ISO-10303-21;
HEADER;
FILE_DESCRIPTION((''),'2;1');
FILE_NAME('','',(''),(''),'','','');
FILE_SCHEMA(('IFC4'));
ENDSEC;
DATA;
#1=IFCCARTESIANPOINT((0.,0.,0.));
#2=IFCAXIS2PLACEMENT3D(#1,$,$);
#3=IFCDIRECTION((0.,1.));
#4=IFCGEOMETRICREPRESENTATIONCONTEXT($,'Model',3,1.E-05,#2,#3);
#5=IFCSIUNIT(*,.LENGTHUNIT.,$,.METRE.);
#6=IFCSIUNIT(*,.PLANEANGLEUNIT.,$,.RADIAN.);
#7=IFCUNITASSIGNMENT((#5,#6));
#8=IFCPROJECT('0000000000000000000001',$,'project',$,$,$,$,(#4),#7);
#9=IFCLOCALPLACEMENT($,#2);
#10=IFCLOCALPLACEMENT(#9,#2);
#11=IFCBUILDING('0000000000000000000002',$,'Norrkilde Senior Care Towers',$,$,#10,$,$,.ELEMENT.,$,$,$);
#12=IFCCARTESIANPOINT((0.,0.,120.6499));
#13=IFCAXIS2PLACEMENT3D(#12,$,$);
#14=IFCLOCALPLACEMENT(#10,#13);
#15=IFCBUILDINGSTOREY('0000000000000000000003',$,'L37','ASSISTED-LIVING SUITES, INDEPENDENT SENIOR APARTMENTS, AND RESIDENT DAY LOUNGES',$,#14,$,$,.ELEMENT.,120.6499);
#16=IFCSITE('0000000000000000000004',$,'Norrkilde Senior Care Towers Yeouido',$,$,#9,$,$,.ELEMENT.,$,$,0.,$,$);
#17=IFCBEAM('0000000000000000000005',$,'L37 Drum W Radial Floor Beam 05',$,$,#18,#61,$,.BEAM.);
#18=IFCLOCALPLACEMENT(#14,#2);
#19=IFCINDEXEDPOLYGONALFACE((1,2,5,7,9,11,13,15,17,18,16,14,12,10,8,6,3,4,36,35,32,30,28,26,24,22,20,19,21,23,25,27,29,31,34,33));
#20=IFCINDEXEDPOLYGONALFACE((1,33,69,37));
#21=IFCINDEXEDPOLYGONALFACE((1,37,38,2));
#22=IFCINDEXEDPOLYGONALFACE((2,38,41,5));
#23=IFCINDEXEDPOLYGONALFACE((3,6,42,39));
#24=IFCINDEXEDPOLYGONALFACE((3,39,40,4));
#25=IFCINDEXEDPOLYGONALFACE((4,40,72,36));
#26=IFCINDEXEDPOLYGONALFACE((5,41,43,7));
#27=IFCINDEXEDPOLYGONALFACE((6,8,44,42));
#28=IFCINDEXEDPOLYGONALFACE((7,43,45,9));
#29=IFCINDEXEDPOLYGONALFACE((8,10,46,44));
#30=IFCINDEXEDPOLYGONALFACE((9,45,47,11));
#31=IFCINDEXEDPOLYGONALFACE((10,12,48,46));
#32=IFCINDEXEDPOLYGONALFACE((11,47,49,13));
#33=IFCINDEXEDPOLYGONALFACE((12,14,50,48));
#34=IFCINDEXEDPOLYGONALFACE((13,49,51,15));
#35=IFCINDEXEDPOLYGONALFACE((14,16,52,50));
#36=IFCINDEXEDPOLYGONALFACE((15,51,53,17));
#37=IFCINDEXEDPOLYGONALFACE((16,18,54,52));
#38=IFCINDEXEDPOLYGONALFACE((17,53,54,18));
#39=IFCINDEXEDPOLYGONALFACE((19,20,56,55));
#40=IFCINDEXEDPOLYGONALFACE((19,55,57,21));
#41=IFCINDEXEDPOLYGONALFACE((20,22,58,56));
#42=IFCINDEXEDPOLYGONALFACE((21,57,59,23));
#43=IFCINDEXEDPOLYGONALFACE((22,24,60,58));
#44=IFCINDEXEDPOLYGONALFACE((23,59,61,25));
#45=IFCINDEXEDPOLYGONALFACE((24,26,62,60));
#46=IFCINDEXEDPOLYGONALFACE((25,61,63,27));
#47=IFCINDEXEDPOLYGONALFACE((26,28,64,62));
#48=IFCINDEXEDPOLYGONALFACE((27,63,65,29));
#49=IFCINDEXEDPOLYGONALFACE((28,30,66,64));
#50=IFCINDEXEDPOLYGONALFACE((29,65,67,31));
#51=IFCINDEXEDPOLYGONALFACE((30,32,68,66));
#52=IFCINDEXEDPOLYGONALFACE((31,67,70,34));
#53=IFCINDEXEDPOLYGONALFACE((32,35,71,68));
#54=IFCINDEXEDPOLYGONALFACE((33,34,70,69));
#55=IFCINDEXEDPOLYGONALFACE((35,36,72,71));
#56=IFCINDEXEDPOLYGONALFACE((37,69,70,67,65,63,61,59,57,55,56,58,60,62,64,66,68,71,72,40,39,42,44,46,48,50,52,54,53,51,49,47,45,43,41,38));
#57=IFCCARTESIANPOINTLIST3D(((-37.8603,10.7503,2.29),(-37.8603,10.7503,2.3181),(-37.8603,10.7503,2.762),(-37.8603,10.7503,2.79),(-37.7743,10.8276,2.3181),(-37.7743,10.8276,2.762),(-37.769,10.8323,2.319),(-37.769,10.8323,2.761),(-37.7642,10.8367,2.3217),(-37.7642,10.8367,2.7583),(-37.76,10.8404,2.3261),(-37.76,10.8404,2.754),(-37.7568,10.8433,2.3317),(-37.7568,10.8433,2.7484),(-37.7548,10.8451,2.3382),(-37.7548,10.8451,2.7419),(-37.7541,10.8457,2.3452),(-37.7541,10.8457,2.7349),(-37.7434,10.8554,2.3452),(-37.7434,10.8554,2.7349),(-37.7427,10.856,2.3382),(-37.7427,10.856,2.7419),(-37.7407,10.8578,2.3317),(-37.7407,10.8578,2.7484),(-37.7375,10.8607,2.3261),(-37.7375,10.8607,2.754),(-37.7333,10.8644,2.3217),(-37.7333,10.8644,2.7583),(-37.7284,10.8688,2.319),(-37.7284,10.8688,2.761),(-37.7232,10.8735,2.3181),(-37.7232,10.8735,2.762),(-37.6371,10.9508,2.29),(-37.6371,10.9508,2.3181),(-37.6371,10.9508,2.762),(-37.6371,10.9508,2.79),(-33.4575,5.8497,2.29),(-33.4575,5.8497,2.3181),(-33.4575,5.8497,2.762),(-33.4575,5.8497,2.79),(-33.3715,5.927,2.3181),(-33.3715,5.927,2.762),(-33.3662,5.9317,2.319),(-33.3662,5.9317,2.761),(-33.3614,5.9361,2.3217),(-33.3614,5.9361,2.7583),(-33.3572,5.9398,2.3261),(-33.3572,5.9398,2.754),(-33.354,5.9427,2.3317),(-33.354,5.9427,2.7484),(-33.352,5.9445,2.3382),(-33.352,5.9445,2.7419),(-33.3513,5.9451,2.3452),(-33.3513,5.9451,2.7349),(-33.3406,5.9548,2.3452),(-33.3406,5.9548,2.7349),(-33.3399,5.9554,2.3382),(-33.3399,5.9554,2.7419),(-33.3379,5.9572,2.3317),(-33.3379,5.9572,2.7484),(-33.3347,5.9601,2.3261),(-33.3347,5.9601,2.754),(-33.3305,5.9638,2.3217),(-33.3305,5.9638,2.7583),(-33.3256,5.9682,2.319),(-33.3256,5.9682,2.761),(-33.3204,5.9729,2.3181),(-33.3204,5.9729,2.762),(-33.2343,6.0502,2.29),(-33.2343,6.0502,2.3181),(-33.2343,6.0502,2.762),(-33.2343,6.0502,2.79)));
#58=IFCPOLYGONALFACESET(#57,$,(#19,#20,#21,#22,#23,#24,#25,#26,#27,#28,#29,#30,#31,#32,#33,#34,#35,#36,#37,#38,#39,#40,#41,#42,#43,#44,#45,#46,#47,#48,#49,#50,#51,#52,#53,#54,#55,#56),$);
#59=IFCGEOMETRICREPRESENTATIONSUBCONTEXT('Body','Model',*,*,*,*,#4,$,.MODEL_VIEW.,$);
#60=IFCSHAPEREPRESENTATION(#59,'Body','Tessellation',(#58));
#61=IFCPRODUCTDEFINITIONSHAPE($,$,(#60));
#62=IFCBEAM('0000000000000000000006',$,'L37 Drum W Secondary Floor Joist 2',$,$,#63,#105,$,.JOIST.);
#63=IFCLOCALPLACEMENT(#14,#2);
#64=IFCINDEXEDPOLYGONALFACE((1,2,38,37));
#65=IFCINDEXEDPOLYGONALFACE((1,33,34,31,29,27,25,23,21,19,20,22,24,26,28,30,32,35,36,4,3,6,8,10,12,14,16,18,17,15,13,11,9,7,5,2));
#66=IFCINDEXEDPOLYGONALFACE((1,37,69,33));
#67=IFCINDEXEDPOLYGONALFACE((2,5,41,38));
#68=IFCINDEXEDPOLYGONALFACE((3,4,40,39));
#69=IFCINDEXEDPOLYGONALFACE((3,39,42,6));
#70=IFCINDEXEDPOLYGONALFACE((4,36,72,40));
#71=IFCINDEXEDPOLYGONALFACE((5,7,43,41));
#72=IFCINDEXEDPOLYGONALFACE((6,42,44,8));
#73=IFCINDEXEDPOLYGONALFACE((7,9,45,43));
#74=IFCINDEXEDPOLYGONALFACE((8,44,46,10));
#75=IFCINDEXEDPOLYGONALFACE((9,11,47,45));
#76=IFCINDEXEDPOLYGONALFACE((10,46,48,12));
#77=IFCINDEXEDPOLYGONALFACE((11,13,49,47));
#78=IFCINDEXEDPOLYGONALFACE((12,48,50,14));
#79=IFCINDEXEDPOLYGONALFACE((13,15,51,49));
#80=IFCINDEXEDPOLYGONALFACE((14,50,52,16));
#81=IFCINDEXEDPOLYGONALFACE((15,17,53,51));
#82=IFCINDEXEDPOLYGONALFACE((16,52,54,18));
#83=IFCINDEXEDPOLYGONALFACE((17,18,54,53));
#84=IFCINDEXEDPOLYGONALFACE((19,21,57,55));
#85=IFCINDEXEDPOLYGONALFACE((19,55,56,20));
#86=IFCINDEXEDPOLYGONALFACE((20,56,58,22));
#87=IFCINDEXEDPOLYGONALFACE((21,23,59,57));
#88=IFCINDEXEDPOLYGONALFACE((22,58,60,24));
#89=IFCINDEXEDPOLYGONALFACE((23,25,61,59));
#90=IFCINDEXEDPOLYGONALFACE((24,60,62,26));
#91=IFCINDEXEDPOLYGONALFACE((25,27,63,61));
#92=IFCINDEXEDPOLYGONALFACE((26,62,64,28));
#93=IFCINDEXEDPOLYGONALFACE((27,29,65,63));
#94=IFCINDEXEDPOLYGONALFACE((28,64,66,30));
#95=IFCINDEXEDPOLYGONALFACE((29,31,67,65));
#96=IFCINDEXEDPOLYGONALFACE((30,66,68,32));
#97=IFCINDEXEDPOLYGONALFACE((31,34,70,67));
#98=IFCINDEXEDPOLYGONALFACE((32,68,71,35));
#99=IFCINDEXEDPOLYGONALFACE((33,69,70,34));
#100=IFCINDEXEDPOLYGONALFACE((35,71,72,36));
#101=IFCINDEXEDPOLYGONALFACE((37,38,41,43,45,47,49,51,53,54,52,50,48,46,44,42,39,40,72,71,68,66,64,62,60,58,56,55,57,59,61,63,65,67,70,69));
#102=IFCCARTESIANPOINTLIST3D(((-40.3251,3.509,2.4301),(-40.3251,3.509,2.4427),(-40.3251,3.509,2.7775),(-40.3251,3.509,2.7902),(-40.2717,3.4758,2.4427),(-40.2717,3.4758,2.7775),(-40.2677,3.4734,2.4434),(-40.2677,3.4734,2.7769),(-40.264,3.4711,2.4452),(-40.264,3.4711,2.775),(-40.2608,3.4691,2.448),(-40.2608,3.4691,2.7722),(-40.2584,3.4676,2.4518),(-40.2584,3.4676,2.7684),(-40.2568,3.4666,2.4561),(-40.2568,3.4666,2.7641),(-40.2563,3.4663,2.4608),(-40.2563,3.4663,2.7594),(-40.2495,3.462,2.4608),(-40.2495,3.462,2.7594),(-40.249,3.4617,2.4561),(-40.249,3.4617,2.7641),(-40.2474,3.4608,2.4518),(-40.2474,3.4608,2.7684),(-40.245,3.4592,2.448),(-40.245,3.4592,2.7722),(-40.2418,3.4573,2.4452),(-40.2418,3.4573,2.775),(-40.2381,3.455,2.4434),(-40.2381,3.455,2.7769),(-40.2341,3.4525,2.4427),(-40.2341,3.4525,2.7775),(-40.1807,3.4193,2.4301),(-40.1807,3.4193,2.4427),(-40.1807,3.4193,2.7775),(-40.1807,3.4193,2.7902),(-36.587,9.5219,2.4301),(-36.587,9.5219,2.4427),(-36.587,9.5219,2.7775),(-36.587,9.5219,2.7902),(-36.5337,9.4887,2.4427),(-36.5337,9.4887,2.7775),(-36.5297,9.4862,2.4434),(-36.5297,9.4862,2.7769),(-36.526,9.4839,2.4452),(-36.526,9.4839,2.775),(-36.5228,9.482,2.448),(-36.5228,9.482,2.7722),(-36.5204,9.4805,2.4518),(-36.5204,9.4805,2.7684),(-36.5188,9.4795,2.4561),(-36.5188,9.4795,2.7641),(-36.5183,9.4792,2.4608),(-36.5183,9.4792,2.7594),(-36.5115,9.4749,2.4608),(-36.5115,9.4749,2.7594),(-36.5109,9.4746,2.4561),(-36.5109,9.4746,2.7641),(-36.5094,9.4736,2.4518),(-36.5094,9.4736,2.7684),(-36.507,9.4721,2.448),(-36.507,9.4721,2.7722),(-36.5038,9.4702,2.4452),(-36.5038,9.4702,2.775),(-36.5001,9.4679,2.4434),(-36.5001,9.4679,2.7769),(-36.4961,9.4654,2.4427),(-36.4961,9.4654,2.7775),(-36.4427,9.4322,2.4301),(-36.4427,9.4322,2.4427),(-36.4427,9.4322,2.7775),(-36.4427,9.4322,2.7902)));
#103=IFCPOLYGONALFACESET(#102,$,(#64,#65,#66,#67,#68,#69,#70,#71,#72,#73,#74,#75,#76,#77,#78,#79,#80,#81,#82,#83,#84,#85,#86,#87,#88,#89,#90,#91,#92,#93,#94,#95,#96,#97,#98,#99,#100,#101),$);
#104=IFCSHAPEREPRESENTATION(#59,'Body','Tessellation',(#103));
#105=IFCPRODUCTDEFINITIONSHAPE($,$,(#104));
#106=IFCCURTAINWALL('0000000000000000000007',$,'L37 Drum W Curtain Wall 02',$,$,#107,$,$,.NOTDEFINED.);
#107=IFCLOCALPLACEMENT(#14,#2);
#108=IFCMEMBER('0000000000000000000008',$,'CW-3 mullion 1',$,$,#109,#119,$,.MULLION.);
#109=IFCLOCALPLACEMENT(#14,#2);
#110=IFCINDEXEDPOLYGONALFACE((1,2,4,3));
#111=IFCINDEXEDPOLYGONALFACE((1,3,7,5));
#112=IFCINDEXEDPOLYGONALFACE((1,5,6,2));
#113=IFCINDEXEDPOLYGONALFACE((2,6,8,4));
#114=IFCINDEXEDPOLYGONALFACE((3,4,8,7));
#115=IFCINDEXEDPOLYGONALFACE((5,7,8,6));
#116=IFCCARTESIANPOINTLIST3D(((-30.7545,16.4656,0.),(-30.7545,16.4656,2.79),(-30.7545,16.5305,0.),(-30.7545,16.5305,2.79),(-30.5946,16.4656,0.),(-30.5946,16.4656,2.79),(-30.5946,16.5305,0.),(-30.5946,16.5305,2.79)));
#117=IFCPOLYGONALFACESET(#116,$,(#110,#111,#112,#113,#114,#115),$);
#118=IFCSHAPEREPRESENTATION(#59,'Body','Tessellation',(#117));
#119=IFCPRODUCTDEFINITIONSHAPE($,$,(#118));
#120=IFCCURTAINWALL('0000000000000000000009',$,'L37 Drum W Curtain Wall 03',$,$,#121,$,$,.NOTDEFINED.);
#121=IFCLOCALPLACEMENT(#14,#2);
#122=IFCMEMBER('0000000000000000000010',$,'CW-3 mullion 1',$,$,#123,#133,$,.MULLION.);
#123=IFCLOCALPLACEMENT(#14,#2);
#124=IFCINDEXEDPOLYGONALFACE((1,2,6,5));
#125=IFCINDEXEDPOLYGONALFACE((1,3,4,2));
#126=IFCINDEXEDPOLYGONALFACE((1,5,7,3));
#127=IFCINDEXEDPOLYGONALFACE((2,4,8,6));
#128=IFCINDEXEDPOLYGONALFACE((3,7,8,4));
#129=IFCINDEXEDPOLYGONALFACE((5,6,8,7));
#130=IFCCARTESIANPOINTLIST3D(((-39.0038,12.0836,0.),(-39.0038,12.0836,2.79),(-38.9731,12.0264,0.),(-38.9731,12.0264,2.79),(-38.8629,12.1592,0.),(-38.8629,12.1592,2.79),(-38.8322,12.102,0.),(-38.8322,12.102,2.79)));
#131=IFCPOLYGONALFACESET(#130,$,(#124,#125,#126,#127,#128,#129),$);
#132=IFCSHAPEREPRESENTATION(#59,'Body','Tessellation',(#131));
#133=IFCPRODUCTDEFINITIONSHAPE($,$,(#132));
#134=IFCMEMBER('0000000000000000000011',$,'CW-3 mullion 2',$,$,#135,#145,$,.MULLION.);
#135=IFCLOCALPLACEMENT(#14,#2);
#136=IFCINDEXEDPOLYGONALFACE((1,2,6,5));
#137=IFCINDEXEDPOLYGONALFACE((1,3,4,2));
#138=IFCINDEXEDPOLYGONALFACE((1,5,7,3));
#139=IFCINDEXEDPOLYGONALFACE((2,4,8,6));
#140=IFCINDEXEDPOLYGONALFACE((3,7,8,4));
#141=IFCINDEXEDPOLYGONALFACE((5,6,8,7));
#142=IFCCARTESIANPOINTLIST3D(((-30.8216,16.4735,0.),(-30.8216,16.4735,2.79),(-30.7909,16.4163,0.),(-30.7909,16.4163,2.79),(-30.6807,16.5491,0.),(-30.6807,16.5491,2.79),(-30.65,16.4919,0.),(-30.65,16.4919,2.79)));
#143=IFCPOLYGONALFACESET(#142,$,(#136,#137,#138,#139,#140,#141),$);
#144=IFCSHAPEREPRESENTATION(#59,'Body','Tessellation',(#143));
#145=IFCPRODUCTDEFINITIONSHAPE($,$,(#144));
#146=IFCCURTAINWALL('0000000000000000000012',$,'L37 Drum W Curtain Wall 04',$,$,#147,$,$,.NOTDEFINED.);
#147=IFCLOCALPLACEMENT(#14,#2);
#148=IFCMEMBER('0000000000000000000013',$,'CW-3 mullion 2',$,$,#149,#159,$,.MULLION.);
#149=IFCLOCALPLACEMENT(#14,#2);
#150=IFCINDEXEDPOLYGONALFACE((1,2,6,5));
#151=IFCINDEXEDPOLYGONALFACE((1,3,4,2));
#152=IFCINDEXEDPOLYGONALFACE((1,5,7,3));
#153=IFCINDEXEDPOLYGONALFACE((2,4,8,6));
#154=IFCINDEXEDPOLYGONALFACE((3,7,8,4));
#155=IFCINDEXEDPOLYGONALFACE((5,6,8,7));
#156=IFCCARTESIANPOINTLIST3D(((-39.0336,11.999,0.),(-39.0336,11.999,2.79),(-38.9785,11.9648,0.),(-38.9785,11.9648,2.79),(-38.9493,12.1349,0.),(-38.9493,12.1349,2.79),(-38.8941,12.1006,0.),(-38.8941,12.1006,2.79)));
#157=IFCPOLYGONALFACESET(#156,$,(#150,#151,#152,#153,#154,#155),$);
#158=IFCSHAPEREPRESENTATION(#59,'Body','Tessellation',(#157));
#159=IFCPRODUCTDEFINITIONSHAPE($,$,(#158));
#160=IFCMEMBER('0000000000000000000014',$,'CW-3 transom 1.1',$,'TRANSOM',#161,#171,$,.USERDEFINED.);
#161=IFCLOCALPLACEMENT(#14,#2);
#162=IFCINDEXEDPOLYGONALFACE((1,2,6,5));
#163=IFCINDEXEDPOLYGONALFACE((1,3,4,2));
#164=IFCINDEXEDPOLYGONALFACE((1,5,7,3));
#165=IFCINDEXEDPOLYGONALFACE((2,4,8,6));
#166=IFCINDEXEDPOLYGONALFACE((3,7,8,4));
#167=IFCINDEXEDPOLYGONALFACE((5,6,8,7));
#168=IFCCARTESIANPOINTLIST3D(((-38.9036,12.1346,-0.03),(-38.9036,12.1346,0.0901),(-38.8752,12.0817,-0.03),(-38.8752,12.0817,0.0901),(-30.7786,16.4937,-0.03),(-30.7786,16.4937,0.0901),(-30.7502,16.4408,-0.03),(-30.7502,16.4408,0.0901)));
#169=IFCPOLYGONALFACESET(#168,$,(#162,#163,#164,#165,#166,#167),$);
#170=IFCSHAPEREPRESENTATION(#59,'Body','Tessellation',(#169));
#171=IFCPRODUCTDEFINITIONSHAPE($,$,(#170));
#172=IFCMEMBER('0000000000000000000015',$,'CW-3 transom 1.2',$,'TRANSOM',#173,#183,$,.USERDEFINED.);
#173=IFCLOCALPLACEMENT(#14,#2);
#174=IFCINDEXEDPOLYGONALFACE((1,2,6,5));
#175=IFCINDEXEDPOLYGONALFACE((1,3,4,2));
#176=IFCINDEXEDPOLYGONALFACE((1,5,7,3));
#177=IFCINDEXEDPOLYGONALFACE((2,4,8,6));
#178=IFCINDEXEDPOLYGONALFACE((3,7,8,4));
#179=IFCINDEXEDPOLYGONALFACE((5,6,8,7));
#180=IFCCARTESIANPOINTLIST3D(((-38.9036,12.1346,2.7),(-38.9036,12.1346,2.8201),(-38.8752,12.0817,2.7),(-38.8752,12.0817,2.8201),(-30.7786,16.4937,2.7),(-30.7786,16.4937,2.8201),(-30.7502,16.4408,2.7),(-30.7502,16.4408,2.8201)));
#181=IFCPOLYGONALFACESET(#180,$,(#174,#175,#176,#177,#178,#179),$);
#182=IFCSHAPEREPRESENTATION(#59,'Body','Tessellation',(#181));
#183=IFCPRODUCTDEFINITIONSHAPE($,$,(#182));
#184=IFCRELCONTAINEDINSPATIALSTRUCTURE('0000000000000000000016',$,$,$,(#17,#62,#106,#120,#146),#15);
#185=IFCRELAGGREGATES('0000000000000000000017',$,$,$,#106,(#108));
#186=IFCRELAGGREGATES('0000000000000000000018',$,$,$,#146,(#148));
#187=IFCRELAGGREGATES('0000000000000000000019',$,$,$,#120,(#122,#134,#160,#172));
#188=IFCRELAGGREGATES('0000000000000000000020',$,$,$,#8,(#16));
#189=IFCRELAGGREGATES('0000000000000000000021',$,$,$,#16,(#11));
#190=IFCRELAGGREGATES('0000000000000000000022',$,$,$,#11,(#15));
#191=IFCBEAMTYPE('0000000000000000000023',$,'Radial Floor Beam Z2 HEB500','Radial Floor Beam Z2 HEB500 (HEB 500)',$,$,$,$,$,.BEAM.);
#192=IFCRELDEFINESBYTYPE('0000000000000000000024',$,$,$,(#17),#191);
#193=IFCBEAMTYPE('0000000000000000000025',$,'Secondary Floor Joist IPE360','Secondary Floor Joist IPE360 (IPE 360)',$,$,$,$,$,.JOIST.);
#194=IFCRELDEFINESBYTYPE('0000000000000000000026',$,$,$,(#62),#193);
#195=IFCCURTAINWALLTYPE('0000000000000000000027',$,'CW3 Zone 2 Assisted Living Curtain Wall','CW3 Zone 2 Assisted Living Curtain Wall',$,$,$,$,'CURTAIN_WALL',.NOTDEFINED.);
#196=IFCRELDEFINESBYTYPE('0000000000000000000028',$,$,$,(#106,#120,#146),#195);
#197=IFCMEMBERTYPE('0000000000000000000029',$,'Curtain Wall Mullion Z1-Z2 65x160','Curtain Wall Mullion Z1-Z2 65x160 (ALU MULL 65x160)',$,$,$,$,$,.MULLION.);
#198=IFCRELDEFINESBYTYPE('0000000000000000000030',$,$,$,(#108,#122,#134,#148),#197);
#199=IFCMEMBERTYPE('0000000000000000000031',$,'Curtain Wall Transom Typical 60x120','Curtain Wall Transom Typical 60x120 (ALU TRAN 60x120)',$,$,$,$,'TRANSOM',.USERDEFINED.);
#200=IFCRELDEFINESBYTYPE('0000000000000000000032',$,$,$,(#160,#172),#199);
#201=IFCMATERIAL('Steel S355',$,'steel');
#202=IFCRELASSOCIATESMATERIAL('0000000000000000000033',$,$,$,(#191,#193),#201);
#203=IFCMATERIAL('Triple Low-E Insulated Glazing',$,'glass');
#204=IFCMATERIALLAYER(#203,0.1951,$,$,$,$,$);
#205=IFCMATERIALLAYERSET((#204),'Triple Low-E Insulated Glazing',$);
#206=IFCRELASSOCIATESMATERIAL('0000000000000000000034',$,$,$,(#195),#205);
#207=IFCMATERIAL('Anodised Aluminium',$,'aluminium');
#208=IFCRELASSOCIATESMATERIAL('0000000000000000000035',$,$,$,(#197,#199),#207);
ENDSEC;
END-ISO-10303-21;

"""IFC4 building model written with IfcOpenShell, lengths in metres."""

from ifc_helpers import new_model, si_unit, direction, frame, origin, origin_2d, place, context, subcontext, project, spatial, rectangle, i_section, extrude, source, transform, mapped, material, layer, layer_set, material_profile, profile_set, type_object, type_shapes, element, aggregate, save


model = new_model("IFC4")

# Units and contexts
model_context = context("Model", 3, precision=1e-05, world=origin(), true_north=direction((0.0, 1.0)))
body_context = subcontext(model_context, "Body", "Model", "MODEL_VIEW")
ifc_project = project(units=[si_unit("LENGTHUNIT", "METRE"), si_unit("PLANEANGLEUNIT", "RADIAN")], contexts=[model_context])

# Site, building, storey
site_placement = place(None, origin())
site = spatial("IfcSite", under=ifc_project, at=site_placement, Name="Norrkilde Senior Care Towers Yeouido", CompositionType="ELEMENT", RefElevation=0.0)
building_placement = place(site_placement, origin())
building = spatial("IfcBuilding", under=site, at=building_placement, Name="Norrkilde Senior Care Towers", CompositionType="ELEMENT")
storey_placement = place(building_placement, frame((0.0, 0.0, 120.6499)))
storey = spatial("IfcBuildingStorey", under=building, at=storey_placement, Name="L37", Description="ASSISTED-LIVING SUITES, INDEPENDENT SENIOR APARTMENTS, AND RESIDENT DAY LOUNGES", CompositionType="ELEMENT", Elevation=120.6499)

# Beams
ifc_material_1 = material(Name="Steel S355", Category="steel")
ifc_material_profile_1 = material_profile(ifc_material_1, i_section(OverallWidth=0.3, OverallDepth=0.5, WebThickness=0.0144, FlangeThickness=0.0281, FilletRadius=0.0271, at=origin_2d()), Name="HEB 500")
ifc_profile_set_1 = profile_set([ifc_material_profile_1], Name="Steel S355")
beam_type_1 = type_object("IfcBeamType", Name="Radial Floor Beam Z2 HEB500", Description="Radial Floor Beam Z2 HEB500 (HEB 500)", PredefinedType="BEAM", material=ifc_profile_set_1)
shared_shape_1 = source(origin(), body_context, "Body", "SweptSolid", [
    extrude(i_section(OverallWidth=0.3, OverallDepth=0.5, WebThickness=0.0144, FlangeThickness=0.0281, FilletRadius=0.0271, at=origin_2d()), origin(), (0.0, 0.0, 1.0), 6.5879),
])
type_shapes(beam_type_1, [shared_shape_1])
beam_1_placement = place(storey_placement, frame((-33.3459, 5.95, 2.54), z_axis=(-0.668315, 0.743878, 0.0), x_axis=(-0.743878, -0.668315, 0.0)))
element("IfcBeam", 1, at=beam_1_placement, inside=storey, type_object=beam_type_1, Name="L37 Drum W Radial Floor Beam 05", PredefinedType="BEAM", context=body_context, shape_type="MappedRepresentation", body=[
    mapped(shared_shape_1, transform((0.0, 0.0, 0.0), x_axis=(1.0, 0.0, 0.0), y_axis=(0.0, 1.0, 0.0), z_axis=(0.0, 0.0, 1.0), scale=1.0)),
])
ifc_material_profile_2 = material_profile(ifc_material_1, i_section(OverallWidth=0.1699, OverallDepth=0.3601, WebThickness=0.0081, FlangeThickness=0.0127, FilletRadius=0.0181, at=origin_2d()), Name="IPE 360")
ifc_profile_set_2 = profile_set([ifc_material_profile_2], Name="Steel S355")
beam_type_2 = type_object("IfcBeamType", Name="Secondary Floor Joist IPE360", Description="Secondary Floor Joist IPE360 (IPE 360)", PredefinedType="JOIST", material=ifc_profile_set_2)
shared_shape_2 = source(origin(), body_context, "Body", "SweptSolid", [
    extrude(i_section(OverallWidth=0.1699, OverallDepth=0.3601, WebThickness=0.0081, FlangeThickness=0.0127, FilletRadius=0.0181, at=origin_2d()), origin(), (0.0, 0.0, 1.0), 7.0801),
])
type_shapes(beam_type_2, [shared_shape_2])
beam_2_placement = place(storey_placement, frame((-36.5149, 9.4771, 2.6101), z_axis=(-0.527961, -0.849269, 0.0), x_axis=(0.849269, -0.527961, 0.0)))
element("IfcBeam", 2, at=beam_2_placement, inside=storey, type_object=beam_type_2, Name="L37 Drum W Secondary Floor Joist 2", PredefinedType="JOIST", context=body_context, shape_type="MappedRepresentation", body=[
    mapped(shared_shape_2, transform((0.0, 0.0, 0.0), x_axis=(1.0, 0.0, 0.0), y_axis=(0.0, 1.0, 0.0), z_axis=(0.0, 0.0, 1.0), scale=1.0)),
])

# Curtain wall, member
ifc_material_2 = material(Name="Triple Low-E Insulated Glazing", Category="glass")
ifc_layer_1 = layer(ifc_material_2, 0.1951)
ifc_layer_set_1 = layer_set([ifc_layer_1], Name="Triple Low-E Insulated Glazing")
curtain_wall_type = type_object("IfcCurtainWallType", Name="CW3 Zone 2 Assisted Living Curtain Wall", Description="CW3 Zone 2 Assisted Living Curtain Wall", ElementType="CURTAIN_WALL", PredefinedType="NOTDEFINED", material=ifc_layer_set_1)
curtain_wall_1_placement = place(storey_placement, origin())
curtain_wall_1 = element("IfcCurtainWall", 3, at=curtain_wall_1_placement, inside=storey, type_object=curtain_wall_type, Name="L37 Drum W Curtain Wall 02", PredefinedType="NOTDEFINED")
ifc_material_3 = material(Name="Anodised Aluminium", Category="aluminium")
ifc_material_profile_3 = material_profile(ifc_material_3, rectangle(XDim=0.0649, YDim=0.1599, at=origin_2d()), Name="ALU MULL 65x160")
ifc_profile_set_3 = profile_set([ifc_material_profile_3], Name="Anodised Aluminium")
member_type_1 = type_object("IfcMemberType", Name="Curtain Wall Mullion Z1-Z2 65x160", Description="Curtain Wall Mullion Z1-Z2 65x160 (ALU MULL 65x160)", PredefinedType="MULLION", material=ifc_profile_set_3)
shared_shape_3 = source(origin(), body_context, "Body", "SweptSolid", [
    extrude(rectangle(XDim=0.0649, YDim=0.1599, at=origin_2d()), origin(), (0.0, 0.0, 1.0), 2.79),
])
type_shapes(member_type_1, [shared_shape_3])
member_1_placement = place(storey_placement, frame((-30.6746, 16.498, 0.0), z_axis=(0.0, 0.0, 1.0), x_axis=(0.0, 1.0, 0.0)))
member_1 = element("IfcMember", 4, at=member_1_placement, type_object=member_type_1, Name="CW-3 mullion 1", PredefinedType="MULLION", context=body_context, shape_type="MappedRepresentation", body=[
    mapped(shared_shape_3, transform((0.0, 0.0, 0.0), x_axis=(1.0, 0.0, 0.0), y_axis=(0.0, 1.0, 0.0), z_axis=(0.0, 0.0, 1.0), scale=1.0)),
])

# Curtain wall, members
curtain_wall_2_placement = place(storey_placement, origin())
curtain_wall_2 = element("IfcCurtainWall", 5, at=curtain_wall_2_placement, inside=storey, type_object=curtain_wall_type, Name="L37 Drum W Curtain Wall 03", PredefinedType="NOTDEFINED")
member_2_placement = place(storey_placement, frame((-38.918, 12.0928, 0.0), z_axis=(0.0, 0.0, 1.0), x_axis=(-0.472769, 0.881186, 0.0)))
member_2 = element("IfcMember", 6, at=member_2_placement, type_object=member_type_1, Name="CW-3 mullion 1", PredefinedType="MULLION", context=body_context, shape_type="MappedRepresentation", body=[
    mapped(shared_shape_3, transform((0.0, 0.0, 0.0), x_axis=(1.0, 0.0, 0.0), y_axis=(0.0, 1.0, 0.0), z_axis=(0.0, 0.0, 1.0), scale=1.0)),
])
member_3_placement = place(storey_placement, frame((-30.7358, 16.4827, 0.0), z_axis=(0.0, 0.0, 1.0), x_axis=(-0.472769, 0.881186, 0.0)))
member_3 = element("IfcMember", 7, at=member_3_placement, type_object=member_type_1, Name="CW-3 mullion 2", PredefinedType="MULLION", context=body_context, shape_type="MappedRepresentation", body=[
    mapped(shared_shape_3, transform((0.0, 0.0, 0.0), x_axis=(1.0, 0.0, 0.0), y_axis=(0.0, 1.0, 0.0), z_axis=(0.0, 0.0, 1.0), scale=1.0)),
])

# Curtain wall, member
curtain_wall_3_placement = place(storey_placement, origin())
curtain_wall_3 = element("IfcCurtainWall", 8, at=curtain_wall_3_placement, inside=storey, type_object=curtain_wall_type, Name="L37 Drum W Curtain Wall 04", PredefinedType="NOTDEFINED")
member_4_placement = place(storey_placement, frame((-38.9639, 12.0498, 0.0), z_axis=(0.0, 0.0, 1.0), x_axis=(-0.84941, 0.527733, 0.0)))
member_4 = element("IfcMember", 9, at=member_4_placement, type_object=member_type_1, Name="CW-3 mullion 2", PredefinedType="MULLION", context=body_context, shape_type="MappedRepresentation", body=[
    mapped(shared_shape_3, transform((0.0, 0.0, 0.0), x_axis=(1.0, 0.0, 0.0), y_axis=(0.0, 1.0, 0.0), z_axis=(0.0, 0.0, 1.0), scale=1.0)),
])

# Members
ifc_material_profile_4 = material_profile(ifc_material_3, rectangle(XDim=0.0601, YDim=0.1201, at=origin_2d()), Name="ALU TRAN 60x120")
ifc_profile_set_4 = profile_set([ifc_material_profile_4], Name="Anodised Aluminium")
member_type_2 = type_object("IfcMemberType", Name="Curtain Wall Transom Typical 60x120", Description="Curtain Wall Transom Typical 60x120 (ALU TRAN 60x120)", ElementType="TRANSOM", PredefinedType="USERDEFINED", material=ifc_profile_set_4)
shared_shape_4 = source(origin(), body_context, "Body", "SweptSolid", [
    extrude(rectangle(XDim=0.0601, YDim=0.1201, at=origin_2d()), origin(), (0.0, 0.0, 1.0), 9.2205),
])
member_5_placement = place(storey_placement, frame((-38.8894, 12.1082, 0.03), z_axis=(0.881189, 0.472765, 0.0), x_axis=(-0.472765, 0.881189, 0.0)))
member_5 = element("IfcMember", 10, at=member_5_placement, type_object=member_type_2, Name="CW-3 transom 1.1", ObjectType="TRANSOM", PredefinedType="USERDEFINED", context=body_context, shape_type="MappedRepresentation", body=[
    mapped(shared_shape_4, transform((0.0, 0.0, 0.0), x_axis=(1.0, 0.0, 0.0), y_axis=(0.0, 1.0, 0.0), z_axis=(0.0, 0.0, 1.0), scale=1.0)),
])
member_6_placement = place(storey_placement, frame((-38.8894, 12.1082, 2.76), z_axis=(0.881189, 0.472765, 0.0), x_axis=(-0.472765, 0.881189, 0.0)))
member_6 = element("IfcMember", 11, at=member_6_placement, type_object=member_type_2, Name="CW-3 transom 1.2", ObjectType="TRANSOM", PredefinedType="USERDEFINED", context=body_context, shape_type="MappedRepresentation", body=[
    mapped(shared_shape_4, transform((0.0, 0.0, 0.0), x_axis=(1.0, 0.0, 0.0), y_axis=(0.0, 1.0, 0.0), z_axis=(0.0, 0.0, 1.0), scale=1.0)),
])
aggregate(curtain_wall_1, [member_1])

aggregate(curtain_wall_3, [member_4])
aggregate(curtain_wall_2, [member_2, member_3, member_5, member_6])

save(model, "model.ifc")
